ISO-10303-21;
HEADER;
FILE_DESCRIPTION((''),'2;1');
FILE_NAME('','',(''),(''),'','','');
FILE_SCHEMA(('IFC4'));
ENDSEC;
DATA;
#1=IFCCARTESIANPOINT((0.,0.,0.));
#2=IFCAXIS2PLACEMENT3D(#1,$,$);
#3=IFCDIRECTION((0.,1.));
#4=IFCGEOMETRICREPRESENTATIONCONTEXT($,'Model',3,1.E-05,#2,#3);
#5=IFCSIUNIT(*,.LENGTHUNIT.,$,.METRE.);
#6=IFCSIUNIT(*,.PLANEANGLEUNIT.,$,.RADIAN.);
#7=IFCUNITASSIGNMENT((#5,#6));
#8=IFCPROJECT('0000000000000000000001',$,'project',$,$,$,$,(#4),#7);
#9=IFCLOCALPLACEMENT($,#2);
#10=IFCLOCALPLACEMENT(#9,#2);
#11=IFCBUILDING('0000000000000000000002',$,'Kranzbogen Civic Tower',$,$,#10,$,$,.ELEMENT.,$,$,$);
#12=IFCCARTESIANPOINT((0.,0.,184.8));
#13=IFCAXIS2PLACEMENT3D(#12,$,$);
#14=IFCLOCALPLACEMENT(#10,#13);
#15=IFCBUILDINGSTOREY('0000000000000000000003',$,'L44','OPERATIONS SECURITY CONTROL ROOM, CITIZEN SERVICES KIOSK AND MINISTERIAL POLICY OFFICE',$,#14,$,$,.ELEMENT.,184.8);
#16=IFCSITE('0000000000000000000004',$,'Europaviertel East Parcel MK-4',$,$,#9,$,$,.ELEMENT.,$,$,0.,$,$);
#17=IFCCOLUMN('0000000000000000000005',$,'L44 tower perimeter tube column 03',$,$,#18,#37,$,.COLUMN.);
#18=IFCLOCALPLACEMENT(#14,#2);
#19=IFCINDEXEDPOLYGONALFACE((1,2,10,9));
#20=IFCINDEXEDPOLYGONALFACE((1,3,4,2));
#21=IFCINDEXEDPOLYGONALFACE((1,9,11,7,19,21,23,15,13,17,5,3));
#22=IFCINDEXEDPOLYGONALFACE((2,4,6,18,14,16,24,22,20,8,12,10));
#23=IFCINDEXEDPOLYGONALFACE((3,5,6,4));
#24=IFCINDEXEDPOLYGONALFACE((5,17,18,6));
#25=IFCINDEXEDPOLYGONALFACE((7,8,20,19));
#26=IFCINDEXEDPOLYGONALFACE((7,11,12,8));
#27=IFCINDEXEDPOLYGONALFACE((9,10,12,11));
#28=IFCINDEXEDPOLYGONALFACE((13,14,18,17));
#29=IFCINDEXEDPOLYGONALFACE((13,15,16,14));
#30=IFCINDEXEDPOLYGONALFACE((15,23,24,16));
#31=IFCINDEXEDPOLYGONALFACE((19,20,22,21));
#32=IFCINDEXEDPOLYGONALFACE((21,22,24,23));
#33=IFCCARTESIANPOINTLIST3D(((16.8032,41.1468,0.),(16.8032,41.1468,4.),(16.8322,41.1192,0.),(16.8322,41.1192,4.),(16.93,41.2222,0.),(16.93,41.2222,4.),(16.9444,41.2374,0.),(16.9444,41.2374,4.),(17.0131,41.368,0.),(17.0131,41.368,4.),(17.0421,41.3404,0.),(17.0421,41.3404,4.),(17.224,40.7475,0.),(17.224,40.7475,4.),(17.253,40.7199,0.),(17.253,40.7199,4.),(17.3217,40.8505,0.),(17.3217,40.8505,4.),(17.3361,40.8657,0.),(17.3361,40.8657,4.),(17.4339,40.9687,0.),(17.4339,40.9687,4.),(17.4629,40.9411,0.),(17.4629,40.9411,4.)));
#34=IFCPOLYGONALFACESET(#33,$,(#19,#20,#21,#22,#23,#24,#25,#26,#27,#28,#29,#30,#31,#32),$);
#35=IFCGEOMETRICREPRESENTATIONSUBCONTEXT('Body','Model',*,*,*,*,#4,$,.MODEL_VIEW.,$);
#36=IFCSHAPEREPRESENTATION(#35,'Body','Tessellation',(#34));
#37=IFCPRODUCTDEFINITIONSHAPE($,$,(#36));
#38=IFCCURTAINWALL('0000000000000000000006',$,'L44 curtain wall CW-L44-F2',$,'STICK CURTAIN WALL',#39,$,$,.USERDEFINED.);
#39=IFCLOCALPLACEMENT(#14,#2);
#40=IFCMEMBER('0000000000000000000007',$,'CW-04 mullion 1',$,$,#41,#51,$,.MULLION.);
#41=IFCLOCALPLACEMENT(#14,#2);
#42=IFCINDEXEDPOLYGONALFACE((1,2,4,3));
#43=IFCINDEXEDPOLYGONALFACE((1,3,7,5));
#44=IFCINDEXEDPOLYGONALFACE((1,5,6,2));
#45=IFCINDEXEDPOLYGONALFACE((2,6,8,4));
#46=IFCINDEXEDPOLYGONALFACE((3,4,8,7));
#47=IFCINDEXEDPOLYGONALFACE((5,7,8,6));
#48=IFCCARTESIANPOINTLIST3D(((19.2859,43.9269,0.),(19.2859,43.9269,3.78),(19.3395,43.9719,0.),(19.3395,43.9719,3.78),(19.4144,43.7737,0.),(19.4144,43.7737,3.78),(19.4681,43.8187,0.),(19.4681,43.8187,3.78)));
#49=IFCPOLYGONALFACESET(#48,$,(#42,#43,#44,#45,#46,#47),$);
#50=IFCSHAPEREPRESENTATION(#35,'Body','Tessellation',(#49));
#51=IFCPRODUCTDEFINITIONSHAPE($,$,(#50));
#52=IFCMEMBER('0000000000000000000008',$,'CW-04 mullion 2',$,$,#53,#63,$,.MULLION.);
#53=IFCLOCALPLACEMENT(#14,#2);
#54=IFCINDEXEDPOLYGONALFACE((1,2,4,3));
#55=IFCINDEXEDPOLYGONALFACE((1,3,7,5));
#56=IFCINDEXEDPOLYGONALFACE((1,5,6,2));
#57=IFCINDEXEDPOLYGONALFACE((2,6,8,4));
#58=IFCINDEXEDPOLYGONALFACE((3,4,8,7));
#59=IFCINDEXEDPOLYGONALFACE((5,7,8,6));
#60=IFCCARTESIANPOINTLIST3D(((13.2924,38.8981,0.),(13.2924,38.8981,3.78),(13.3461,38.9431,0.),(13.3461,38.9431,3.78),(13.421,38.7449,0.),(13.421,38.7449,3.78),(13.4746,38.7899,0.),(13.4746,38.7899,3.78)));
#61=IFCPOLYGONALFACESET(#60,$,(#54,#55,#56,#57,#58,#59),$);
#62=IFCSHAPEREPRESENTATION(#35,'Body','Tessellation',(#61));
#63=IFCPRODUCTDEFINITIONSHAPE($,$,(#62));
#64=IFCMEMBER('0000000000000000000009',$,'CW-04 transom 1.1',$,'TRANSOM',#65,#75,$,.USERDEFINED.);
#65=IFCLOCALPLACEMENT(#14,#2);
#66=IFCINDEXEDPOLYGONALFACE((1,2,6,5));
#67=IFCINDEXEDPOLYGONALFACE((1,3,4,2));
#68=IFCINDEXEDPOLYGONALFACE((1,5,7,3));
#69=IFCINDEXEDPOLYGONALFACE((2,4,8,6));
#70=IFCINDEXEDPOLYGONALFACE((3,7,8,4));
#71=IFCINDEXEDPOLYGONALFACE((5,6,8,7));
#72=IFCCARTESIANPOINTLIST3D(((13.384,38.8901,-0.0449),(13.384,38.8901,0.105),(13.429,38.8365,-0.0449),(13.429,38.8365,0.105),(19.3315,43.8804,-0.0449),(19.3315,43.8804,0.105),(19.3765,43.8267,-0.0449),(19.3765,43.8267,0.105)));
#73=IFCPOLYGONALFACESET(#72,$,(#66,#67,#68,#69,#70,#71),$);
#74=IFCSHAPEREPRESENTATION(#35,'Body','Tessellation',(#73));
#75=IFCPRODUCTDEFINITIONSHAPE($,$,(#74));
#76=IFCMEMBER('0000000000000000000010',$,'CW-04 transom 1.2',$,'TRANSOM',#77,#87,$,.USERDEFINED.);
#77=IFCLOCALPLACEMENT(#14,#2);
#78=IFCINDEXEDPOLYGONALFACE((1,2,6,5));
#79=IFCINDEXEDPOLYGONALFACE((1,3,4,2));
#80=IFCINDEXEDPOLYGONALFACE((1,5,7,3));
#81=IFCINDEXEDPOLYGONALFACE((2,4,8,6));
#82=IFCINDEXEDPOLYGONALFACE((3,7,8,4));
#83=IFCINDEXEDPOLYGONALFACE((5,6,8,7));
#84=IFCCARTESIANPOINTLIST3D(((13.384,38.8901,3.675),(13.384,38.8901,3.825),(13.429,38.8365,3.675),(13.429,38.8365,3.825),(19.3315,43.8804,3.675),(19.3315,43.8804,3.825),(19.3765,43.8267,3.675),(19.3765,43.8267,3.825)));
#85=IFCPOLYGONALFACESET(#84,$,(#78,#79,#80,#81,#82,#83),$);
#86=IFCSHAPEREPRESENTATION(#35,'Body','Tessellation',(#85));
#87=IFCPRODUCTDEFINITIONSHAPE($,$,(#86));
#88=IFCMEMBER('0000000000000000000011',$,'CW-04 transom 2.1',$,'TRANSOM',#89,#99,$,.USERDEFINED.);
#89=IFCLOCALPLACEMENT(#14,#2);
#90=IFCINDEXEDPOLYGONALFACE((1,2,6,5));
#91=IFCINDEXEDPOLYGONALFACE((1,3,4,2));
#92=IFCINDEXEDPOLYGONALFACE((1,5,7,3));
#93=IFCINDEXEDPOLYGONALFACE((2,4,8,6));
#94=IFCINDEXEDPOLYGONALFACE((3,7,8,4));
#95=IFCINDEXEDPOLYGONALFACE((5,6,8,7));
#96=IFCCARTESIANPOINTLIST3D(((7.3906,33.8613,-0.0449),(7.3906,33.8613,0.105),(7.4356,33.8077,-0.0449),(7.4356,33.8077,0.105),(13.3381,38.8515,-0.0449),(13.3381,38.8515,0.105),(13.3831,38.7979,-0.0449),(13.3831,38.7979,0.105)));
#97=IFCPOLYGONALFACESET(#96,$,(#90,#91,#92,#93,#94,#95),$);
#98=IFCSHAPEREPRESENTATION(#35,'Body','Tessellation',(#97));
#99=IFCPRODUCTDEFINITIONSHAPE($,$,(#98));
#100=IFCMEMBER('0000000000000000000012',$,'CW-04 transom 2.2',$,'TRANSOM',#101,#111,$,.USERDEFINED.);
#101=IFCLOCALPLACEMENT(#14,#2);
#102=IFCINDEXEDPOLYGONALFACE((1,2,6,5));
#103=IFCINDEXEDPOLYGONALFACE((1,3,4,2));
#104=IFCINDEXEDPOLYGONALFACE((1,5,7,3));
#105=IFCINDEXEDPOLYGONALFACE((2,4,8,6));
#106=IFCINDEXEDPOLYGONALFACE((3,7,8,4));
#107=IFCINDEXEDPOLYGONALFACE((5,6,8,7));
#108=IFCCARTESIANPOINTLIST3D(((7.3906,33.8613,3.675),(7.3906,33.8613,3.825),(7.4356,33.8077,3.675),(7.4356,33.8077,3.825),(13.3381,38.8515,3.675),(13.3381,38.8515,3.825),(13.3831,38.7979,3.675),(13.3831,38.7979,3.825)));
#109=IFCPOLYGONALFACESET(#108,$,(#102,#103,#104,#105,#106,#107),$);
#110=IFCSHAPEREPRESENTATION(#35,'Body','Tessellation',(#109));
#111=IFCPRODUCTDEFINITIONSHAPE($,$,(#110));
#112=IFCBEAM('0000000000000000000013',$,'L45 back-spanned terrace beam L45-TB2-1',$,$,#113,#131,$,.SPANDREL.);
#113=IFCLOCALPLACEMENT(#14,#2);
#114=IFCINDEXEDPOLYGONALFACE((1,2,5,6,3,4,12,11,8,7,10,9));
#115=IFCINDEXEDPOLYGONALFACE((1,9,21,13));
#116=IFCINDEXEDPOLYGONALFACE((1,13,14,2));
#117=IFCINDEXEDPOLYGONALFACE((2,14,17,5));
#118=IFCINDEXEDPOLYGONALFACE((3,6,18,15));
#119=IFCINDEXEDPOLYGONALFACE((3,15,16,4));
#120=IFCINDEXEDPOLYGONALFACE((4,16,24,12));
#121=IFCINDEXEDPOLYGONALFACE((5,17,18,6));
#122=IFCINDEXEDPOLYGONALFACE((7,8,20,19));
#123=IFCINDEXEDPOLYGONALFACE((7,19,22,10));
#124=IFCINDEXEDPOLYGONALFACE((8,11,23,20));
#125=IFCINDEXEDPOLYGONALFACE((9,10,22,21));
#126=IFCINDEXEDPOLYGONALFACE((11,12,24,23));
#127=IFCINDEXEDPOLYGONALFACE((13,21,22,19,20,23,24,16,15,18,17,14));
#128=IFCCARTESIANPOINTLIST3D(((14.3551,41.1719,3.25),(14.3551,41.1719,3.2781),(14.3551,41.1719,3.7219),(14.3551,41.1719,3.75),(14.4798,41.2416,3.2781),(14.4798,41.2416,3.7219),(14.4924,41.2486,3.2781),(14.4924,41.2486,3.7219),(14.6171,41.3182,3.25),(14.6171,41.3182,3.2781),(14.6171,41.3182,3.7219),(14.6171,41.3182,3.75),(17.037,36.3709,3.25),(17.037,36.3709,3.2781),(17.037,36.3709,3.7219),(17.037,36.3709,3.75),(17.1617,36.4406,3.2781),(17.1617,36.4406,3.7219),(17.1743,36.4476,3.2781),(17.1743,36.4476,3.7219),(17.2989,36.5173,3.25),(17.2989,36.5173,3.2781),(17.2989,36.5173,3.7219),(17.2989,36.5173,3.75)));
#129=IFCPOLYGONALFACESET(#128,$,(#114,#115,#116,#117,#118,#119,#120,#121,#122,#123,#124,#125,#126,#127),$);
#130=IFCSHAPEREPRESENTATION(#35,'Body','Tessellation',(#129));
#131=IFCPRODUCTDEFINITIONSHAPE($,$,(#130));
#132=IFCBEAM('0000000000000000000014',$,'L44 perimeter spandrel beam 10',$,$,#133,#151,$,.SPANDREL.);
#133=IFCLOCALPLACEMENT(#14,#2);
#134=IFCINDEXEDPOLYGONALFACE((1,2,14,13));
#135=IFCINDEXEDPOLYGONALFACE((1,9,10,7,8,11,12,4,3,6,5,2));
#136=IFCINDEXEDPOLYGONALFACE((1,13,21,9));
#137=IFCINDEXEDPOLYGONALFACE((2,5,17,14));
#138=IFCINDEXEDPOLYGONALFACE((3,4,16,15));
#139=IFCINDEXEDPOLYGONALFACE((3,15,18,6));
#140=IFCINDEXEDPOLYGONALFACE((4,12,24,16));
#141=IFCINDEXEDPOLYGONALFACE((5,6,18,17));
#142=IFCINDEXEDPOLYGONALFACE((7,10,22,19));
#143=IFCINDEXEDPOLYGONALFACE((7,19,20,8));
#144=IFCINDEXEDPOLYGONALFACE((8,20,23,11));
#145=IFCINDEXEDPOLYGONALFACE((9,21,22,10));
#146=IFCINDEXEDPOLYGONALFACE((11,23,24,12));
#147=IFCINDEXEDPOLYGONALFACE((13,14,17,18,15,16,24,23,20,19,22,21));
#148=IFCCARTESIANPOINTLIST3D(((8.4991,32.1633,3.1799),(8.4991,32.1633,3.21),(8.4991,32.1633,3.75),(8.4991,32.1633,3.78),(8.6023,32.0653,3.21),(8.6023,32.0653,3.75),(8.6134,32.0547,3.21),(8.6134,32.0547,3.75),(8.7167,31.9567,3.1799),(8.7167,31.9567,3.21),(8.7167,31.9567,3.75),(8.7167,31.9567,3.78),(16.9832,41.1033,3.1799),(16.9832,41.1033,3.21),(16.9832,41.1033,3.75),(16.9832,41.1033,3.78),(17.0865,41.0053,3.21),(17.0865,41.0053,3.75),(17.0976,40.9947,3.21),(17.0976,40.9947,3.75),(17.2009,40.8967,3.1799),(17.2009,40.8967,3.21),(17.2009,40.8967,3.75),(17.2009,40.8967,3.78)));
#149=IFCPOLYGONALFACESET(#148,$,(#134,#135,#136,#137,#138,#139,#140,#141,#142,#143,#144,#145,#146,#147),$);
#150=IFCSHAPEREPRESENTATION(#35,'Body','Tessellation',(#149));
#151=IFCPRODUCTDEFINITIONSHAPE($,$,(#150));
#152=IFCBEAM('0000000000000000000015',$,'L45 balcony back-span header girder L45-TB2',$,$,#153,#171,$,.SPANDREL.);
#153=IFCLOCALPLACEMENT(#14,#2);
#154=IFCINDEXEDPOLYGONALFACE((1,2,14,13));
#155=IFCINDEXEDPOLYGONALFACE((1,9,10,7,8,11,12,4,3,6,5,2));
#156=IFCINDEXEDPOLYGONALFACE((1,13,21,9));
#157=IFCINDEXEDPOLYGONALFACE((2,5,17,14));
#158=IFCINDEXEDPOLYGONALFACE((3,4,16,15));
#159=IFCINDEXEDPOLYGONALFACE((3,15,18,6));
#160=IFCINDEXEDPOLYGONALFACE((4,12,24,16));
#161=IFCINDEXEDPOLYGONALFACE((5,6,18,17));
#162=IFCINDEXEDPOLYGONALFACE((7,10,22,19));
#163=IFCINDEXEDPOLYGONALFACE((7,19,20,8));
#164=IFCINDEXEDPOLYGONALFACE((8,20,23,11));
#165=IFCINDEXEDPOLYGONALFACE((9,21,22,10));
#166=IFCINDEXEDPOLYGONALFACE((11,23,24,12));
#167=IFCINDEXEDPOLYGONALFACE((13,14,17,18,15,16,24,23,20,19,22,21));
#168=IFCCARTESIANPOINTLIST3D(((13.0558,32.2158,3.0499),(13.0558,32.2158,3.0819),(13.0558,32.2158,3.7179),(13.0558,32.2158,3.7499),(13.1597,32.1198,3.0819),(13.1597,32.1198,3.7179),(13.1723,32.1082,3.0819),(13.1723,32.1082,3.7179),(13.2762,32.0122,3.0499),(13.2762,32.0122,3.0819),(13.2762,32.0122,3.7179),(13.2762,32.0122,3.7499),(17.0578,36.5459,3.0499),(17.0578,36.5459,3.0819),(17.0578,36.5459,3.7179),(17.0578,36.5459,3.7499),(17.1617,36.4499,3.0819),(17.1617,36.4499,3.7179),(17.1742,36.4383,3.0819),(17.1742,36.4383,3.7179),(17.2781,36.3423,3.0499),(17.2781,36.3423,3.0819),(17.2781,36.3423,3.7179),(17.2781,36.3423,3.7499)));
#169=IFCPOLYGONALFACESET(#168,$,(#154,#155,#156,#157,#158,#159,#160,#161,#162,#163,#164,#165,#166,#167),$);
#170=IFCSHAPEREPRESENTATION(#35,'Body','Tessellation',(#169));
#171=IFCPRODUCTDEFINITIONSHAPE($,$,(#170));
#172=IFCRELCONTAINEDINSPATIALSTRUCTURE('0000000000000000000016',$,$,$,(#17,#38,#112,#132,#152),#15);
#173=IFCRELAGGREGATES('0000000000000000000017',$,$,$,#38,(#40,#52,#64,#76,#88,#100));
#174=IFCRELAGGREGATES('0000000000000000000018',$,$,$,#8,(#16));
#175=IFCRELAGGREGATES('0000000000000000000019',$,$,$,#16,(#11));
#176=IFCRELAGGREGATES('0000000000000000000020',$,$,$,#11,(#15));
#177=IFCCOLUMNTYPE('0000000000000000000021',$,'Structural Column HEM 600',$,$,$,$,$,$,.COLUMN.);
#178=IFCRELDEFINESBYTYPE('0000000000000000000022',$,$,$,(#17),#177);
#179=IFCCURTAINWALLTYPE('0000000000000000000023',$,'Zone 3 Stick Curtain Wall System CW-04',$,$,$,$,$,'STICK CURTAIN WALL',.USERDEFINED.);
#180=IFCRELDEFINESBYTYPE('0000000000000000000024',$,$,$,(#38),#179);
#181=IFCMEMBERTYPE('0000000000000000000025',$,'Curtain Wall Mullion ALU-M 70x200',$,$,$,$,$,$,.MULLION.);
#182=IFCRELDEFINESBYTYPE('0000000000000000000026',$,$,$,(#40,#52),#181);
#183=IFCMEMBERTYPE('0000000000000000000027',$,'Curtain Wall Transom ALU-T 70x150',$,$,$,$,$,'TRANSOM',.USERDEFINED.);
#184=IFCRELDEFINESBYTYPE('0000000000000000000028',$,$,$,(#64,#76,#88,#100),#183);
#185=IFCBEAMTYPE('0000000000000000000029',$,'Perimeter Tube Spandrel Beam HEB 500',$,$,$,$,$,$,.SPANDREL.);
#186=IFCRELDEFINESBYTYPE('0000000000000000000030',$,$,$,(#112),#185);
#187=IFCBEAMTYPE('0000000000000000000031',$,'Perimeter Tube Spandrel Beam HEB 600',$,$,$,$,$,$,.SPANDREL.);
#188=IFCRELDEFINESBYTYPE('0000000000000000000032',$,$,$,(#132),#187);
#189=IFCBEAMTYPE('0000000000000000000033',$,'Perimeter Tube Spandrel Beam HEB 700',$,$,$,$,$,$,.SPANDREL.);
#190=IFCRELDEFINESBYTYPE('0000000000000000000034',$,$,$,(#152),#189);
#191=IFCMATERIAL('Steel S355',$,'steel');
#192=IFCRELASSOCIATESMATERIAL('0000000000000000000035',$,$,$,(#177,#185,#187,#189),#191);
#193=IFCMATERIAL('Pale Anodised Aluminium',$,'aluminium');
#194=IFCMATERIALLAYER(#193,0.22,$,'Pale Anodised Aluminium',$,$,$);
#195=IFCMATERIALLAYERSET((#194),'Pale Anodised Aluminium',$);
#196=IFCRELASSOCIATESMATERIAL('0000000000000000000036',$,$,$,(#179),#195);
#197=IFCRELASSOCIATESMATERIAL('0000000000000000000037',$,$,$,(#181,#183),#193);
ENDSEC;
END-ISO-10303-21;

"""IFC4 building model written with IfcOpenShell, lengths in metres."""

from ifc_helpers import new_model, si_unit, direction, frame, origin, origin_2d, place, context, subcontext, project, spatial, rectangle, i_section, extrude, material, layer, layer_set, material_profile, profile_set, type_object, element, aggregate, save


model = new_model("IFC4")

# Units and contexts
model_context = context("Model", 3, precision=1e-05, world=origin(), true_north=direction((0.0, 1.0)))
body_context = subcontext(model_context, "Body", "Model", "MODEL_VIEW")
ifc_project = project(units=[si_unit("LENGTHUNIT", "METRE"), si_unit("PLANEANGLEUNIT", "RADIAN")], contexts=[model_context])

# Site, building, storey
site_placement = place(None, origin())
site = spatial("IfcSite", under=ifc_project, at=site_placement, Name="Europaviertel East Parcel MK-4", CompositionType="ELEMENT", RefElevation=0.0)
building_placement = place(site_placement, origin())
building = spatial("IfcBuilding", under=site, at=building_placement, Name="Kranzbogen Civic Tower", CompositionType="ELEMENT")
storey_placement = place(building_placement, frame((0.0, 0.0, 184.8)))
storey = spatial("IfcBuildingStorey", under=building, at=storey_placement, Name="L44", Description="OPERATIONS SECURITY CONTROL ROOM, CITIZEN SERVICES KIOSK AND MINISTERIAL POLICY OFFICE", CompositionType="ELEMENT", Elevation=184.8)

# Column
ifc_material_1 = material(Name="Steel S355", Category="steel")
ifc_material_profile_1 = material_profile(ifc_material_1, i_section(OverallWidth=0.3049, OverallDepth=0.6201, WebThickness=0.021, FlangeThickness=0.04, at=origin_2d()), Name="HEM 600")
ifc_profile_set_1 = profile_set([ifc_material_profile_1], Name="Steel S355")
column_type = type_object("IfcColumnType", Name="Structural Column HEM 600", PredefinedType="COLUMN", material=ifc_profile_set_1)
column_placement = place(storey_placement, frame((17.1331, 41.0439, 0.0), z_axis=(0.0, 0.0, 1.0), x_axis=(0.688355, 0.725374, 0.0)))
element("IfcColumn", 1, at=column_placement, inside=storey, type_object=column_type, Name="L44 tower perimeter tube column 03", PredefinedType="COLUMN", context=body_context, shape_type="SweptSolid", body=[
    extrude(i_section(OverallWidth=0.3049, OverallDepth=0.6201, WebThickness=0.021, FlangeThickness=0.04, at=origin_2d()), origin(), (0.0, 0.0, 1.0), 4.0),
])

# Curtain wall, members
ifc_material_2 = material(Name="Pale Anodised Aluminium", Category="aluminium")
ifc_layer_1 = layer(ifc_material_2, 0.22, Name="Pale Anodised Aluminium")
ifc_layer_set_1 = layer_set([ifc_layer_1], Name="Pale Anodised Aluminium")
curtain_wall_type = type_object("IfcCurtainWallType", Name="Zone 3 Stick Curtain Wall System CW-04", ElementType="STICK CURTAIN WALL", PredefinedType="USERDEFINED", material=ifc_layer_set_1)
curtain_wall_placement = place(storey_placement, origin())
curtain_wall = element("IfcCurtainWall", 2, at=curtain_wall_placement, inside=storey, type_object=curtain_wall_type, Name="L44 curtain wall CW-L44-F2", ObjectType="STICK CURTAIN WALL", PredefinedType="USERDEFINED")
ifc_material_profile_2 = material_profile(ifc_material_2, rectangle(XDim=0.0701, YDim=0.2, at=origin_2d()), Name="ALU-M 70x200")
ifc_profile_set_2 = profile_set([ifc_material_profile_2], Name="Pale Anodised Aluminium")
member_type_1 = type_object("IfcMemberType", Name="Curtain Wall Mullion ALU-M 70x200", PredefinedType="MULLION", material=ifc_profile_set_2)
member_1_placement = place(storey_placement, frame((19.377, 43.8728, 0.0), z_axis=(0.0, 0.0, 1.0), x_axis=(-0.766072, -0.642755, 0.0)))
member_1 = element("IfcMember", 3, at=member_1_placement, type_object=member_type_1, Name="CW-04 mullion 1", PredefinedType="MULLION", context=body_context, shape_type="SweptSolid", body=[
    extrude(rectangle(XDim=0.0701, YDim=0.2, at=origin_2d()), origin(), (0.0, 0.0, 1.0), 3.78),
])
member_2_placement = place(storey_placement, frame((13.3835, 38.844, 0.0), z_axis=(0.0, 0.0, 1.0), x_axis=(-0.766072, -0.642755, 0.0)))
member_2 = element("IfcMember", 4, at=member_2_placement, type_object=member_type_1, Name="CW-04 mullion 2", PredefinedType="MULLION", context=body_context, shape_type="SweptSolid", body=[
    extrude(rectangle(XDim=0.0701, YDim=0.2, at=origin_2d()), origin(), (0.0, 0.0, 1.0), 3.78),
])
ifc_material_profile_3 = material_profile(ifc_material_2, rectangle(XDim=0.0701, YDim=0.1499, at=origin_2d()), Name="ALU-T 70x150")
ifc_profile_set_3 = profile_set([ifc_material_profile_3], Name="Pale Anodised Aluminium")
member_type_2 = type_object("IfcMemberType", Name="Curtain Wall Transom ALU-T 70x150", ElementType="TRANSOM", PredefinedType="USERDEFINED", material=ifc_profile_set_3)
member_3_placement = place(storey_placement, frame((19.354, 43.8535, 0.03), z_axis=(-0.766065, -0.642764, 0.0), x_axis=(0.642764, -0.766065, 0.0)))
member_3 = element("IfcMember", 5, at=member_3_placement, type_object=member_type_2, Name="CW-04 transom 1.1", ObjectType="TRANSOM", PredefinedType="USERDEFINED", context=body_context, shape_type="SweptSolid", body=[
    extrude(rectangle(XDim=0.0701, YDim=0.1499, at=origin_2d()), origin(), (0.0, 0.0, 1.0), 7.7637),
])
member_4_placement = place(storey_placement, frame((19.354, 43.8535, 3.75), z_axis=(-0.766065, -0.642764, 0.0), x_axis=(0.642764, -0.766065, 0.0)))
member_4 = element("IfcMember", 6, at=member_4_placement, type_object=member_type_2, Name="CW-04 transom 1.2", ObjectType="TRANSOM", PredefinedType="USERDEFINED", context=body_context, shape_type="SweptSolid", body=[
    extrude(rectangle(XDim=0.0701, YDim=0.1499, at=origin_2d()), origin(), (0.0, 0.0, 1.0), 7.7637),
])
member_5_placement = place(storey_placement, frame((13.3606, 38.8247, 0.03), z_axis=(-0.766065, -0.642764, 0.0), x_axis=(0.642764, -0.766065, 0.0)))
member_5 = element("IfcMember", 7, at=member_5_placement, type_object=member_type_2, Name="CW-04 transom 2.1", ObjectType="TRANSOM", PredefinedType="USERDEFINED", context=body_context, shape_type="SweptSolid", body=[
    extrude(rectangle(XDim=0.0701, YDim=0.1499, at=origin_2d()), origin(), (0.0, 0.0, 1.0), 7.7637),
])
member_6_placement = place(storey_placement, frame((13.3606, 38.8247, 3.75), z_axis=(-0.766065, -0.642764, 0.0), x_axis=(0.642764, -0.766065, 0.0)))
member_6 = element("IfcMember", 8, at=member_6_placement, type_object=member_type_2, Name="CW-04 transom 2.2", ObjectType="TRANSOM", PredefinedType="USERDEFINED", context=body_context, shape_type="SweptSolid", body=[
    extrude(rectangle(XDim=0.0701, YDim=0.1499, at=origin_2d()), origin(), (0.0, 0.0, 1.0), 7.7637),
])

# Beams
ifc_material_profile_4 = material_profile(ifc_material_1, i_section(OverallWidth=0.3, OverallDepth=0.5, WebThickness=0.0144, FlangeThickness=0.0281, at=origin_2d()), Name="HEB 500")
ifc_profile_set_4 = profile_set([ifc_material_profile_4], Name="Steel S355")
beam_type_1 = type_object("IfcBeamType", Name="Perimeter Tube Spandrel Beam HEB 500", PredefinedType="SPANDREL", material=ifc_profile_set_4)
beam_1_placement = place(storey_placement, frame((17.168, 36.4441, 3.5), z_axis=(-0.487677, 0.873024, 0.0), x_axis=(-0.873024, -0.487677, 0.0)))
element("IfcBeam", 9, at=beam_1_placement, inside=storey, type_object=beam_type_1, Name="L45 back-spanned terrace beam L45-TB2-1", PredefinedType="SPANDREL", context=body_context, shape_type="SweptSolid", body=[
    extrude(i_section(OverallWidth=0.3, OverallDepth=0.5, WebThickness=0.0144, FlangeThickness=0.0281, at=origin_2d()), origin(), (0.0, 0.0, 1.0), 5.4993),
])
ifc_material_profile_5 = material_profile(ifc_material_1, i_section(OverallWidth=0.3, OverallDepth=0.6001, WebThickness=0.0154, FlangeThickness=0.03, at=origin_2d()), Name="HEB 600")
ifc_profile_set_5 = profile_set([ifc_material_profile_5], Name="Steel S355")
beam_type_2 = type_object("IfcBeamType", Name="Perimeter Tube Spandrel Beam HEB 600", PredefinedType="SPANDREL", material=ifc_profile_set_5)
beam_2_placement = place(storey_placement, frame((17.092, 41.0, 3.48), z_axis=(-0.688373, -0.725356, 0.0), x_axis=(0.725356, -0.688373, 0.0)))
element("IfcBeam", 10, at=beam_2_placement, inside=storey, type_object=beam_type_2, Name="L44 perimeter spandrel beam 10", PredefinedType="SPANDREL", context=body_context, shape_type="SweptSolid", body=[
    extrude(i_section(OverallWidth=0.3, OverallDepth=0.6001, WebThickness=0.0154, FlangeThickness=0.03, at=origin_2d()), origin(), (0.0, 0.0, 1.0), 12.325),
])
ifc_material_profile_6 = material_profile(ifc_material_1, i_section(OverallWidth=0.3, OverallDepth=0.7, WebThickness=0.0171, FlangeThickness=0.032, at=origin_2d()), Name="HEB 700")
ifc_profile_set_6 = profile_set([ifc_material_profile_6], Name="Steel S355")
beam_type_3 = type_object("IfcBeamType", Name="Perimeter Tube Spandrel Beam HEB 700", PredefinedType="SPANDREL", material=ifc_profile_set_6)
beam_3_placement = place(storey_placement, frame((17.168, 36.4441, 3.3999), z_axis=(-0.678734, -0.734384, 0.0), x_axis=(0.734384, -0.678734, 0.0)))
element("IfcBeam", 11, at=beam_3_placement, inside=storey, type_object=beam_type_3, Name="L45 balcony back-span header girder L45-TB2", PredefinedType="SPANDREL", context=body_context, shape_type="SweptSolid", body=[
    extrude(i_section(OverallWidth=0.3, OverallDepth=0.7, WebThickness=0.0171, FlangeThickness=0.032, at=origin_2d()), origin(), (0.0, 0.0, 1.0), 5.8962),
])

aggregate(curtain_wall, [member_1, member_2, member_3, member_4, member_5, member_6])

save(model, "model.ifc")
